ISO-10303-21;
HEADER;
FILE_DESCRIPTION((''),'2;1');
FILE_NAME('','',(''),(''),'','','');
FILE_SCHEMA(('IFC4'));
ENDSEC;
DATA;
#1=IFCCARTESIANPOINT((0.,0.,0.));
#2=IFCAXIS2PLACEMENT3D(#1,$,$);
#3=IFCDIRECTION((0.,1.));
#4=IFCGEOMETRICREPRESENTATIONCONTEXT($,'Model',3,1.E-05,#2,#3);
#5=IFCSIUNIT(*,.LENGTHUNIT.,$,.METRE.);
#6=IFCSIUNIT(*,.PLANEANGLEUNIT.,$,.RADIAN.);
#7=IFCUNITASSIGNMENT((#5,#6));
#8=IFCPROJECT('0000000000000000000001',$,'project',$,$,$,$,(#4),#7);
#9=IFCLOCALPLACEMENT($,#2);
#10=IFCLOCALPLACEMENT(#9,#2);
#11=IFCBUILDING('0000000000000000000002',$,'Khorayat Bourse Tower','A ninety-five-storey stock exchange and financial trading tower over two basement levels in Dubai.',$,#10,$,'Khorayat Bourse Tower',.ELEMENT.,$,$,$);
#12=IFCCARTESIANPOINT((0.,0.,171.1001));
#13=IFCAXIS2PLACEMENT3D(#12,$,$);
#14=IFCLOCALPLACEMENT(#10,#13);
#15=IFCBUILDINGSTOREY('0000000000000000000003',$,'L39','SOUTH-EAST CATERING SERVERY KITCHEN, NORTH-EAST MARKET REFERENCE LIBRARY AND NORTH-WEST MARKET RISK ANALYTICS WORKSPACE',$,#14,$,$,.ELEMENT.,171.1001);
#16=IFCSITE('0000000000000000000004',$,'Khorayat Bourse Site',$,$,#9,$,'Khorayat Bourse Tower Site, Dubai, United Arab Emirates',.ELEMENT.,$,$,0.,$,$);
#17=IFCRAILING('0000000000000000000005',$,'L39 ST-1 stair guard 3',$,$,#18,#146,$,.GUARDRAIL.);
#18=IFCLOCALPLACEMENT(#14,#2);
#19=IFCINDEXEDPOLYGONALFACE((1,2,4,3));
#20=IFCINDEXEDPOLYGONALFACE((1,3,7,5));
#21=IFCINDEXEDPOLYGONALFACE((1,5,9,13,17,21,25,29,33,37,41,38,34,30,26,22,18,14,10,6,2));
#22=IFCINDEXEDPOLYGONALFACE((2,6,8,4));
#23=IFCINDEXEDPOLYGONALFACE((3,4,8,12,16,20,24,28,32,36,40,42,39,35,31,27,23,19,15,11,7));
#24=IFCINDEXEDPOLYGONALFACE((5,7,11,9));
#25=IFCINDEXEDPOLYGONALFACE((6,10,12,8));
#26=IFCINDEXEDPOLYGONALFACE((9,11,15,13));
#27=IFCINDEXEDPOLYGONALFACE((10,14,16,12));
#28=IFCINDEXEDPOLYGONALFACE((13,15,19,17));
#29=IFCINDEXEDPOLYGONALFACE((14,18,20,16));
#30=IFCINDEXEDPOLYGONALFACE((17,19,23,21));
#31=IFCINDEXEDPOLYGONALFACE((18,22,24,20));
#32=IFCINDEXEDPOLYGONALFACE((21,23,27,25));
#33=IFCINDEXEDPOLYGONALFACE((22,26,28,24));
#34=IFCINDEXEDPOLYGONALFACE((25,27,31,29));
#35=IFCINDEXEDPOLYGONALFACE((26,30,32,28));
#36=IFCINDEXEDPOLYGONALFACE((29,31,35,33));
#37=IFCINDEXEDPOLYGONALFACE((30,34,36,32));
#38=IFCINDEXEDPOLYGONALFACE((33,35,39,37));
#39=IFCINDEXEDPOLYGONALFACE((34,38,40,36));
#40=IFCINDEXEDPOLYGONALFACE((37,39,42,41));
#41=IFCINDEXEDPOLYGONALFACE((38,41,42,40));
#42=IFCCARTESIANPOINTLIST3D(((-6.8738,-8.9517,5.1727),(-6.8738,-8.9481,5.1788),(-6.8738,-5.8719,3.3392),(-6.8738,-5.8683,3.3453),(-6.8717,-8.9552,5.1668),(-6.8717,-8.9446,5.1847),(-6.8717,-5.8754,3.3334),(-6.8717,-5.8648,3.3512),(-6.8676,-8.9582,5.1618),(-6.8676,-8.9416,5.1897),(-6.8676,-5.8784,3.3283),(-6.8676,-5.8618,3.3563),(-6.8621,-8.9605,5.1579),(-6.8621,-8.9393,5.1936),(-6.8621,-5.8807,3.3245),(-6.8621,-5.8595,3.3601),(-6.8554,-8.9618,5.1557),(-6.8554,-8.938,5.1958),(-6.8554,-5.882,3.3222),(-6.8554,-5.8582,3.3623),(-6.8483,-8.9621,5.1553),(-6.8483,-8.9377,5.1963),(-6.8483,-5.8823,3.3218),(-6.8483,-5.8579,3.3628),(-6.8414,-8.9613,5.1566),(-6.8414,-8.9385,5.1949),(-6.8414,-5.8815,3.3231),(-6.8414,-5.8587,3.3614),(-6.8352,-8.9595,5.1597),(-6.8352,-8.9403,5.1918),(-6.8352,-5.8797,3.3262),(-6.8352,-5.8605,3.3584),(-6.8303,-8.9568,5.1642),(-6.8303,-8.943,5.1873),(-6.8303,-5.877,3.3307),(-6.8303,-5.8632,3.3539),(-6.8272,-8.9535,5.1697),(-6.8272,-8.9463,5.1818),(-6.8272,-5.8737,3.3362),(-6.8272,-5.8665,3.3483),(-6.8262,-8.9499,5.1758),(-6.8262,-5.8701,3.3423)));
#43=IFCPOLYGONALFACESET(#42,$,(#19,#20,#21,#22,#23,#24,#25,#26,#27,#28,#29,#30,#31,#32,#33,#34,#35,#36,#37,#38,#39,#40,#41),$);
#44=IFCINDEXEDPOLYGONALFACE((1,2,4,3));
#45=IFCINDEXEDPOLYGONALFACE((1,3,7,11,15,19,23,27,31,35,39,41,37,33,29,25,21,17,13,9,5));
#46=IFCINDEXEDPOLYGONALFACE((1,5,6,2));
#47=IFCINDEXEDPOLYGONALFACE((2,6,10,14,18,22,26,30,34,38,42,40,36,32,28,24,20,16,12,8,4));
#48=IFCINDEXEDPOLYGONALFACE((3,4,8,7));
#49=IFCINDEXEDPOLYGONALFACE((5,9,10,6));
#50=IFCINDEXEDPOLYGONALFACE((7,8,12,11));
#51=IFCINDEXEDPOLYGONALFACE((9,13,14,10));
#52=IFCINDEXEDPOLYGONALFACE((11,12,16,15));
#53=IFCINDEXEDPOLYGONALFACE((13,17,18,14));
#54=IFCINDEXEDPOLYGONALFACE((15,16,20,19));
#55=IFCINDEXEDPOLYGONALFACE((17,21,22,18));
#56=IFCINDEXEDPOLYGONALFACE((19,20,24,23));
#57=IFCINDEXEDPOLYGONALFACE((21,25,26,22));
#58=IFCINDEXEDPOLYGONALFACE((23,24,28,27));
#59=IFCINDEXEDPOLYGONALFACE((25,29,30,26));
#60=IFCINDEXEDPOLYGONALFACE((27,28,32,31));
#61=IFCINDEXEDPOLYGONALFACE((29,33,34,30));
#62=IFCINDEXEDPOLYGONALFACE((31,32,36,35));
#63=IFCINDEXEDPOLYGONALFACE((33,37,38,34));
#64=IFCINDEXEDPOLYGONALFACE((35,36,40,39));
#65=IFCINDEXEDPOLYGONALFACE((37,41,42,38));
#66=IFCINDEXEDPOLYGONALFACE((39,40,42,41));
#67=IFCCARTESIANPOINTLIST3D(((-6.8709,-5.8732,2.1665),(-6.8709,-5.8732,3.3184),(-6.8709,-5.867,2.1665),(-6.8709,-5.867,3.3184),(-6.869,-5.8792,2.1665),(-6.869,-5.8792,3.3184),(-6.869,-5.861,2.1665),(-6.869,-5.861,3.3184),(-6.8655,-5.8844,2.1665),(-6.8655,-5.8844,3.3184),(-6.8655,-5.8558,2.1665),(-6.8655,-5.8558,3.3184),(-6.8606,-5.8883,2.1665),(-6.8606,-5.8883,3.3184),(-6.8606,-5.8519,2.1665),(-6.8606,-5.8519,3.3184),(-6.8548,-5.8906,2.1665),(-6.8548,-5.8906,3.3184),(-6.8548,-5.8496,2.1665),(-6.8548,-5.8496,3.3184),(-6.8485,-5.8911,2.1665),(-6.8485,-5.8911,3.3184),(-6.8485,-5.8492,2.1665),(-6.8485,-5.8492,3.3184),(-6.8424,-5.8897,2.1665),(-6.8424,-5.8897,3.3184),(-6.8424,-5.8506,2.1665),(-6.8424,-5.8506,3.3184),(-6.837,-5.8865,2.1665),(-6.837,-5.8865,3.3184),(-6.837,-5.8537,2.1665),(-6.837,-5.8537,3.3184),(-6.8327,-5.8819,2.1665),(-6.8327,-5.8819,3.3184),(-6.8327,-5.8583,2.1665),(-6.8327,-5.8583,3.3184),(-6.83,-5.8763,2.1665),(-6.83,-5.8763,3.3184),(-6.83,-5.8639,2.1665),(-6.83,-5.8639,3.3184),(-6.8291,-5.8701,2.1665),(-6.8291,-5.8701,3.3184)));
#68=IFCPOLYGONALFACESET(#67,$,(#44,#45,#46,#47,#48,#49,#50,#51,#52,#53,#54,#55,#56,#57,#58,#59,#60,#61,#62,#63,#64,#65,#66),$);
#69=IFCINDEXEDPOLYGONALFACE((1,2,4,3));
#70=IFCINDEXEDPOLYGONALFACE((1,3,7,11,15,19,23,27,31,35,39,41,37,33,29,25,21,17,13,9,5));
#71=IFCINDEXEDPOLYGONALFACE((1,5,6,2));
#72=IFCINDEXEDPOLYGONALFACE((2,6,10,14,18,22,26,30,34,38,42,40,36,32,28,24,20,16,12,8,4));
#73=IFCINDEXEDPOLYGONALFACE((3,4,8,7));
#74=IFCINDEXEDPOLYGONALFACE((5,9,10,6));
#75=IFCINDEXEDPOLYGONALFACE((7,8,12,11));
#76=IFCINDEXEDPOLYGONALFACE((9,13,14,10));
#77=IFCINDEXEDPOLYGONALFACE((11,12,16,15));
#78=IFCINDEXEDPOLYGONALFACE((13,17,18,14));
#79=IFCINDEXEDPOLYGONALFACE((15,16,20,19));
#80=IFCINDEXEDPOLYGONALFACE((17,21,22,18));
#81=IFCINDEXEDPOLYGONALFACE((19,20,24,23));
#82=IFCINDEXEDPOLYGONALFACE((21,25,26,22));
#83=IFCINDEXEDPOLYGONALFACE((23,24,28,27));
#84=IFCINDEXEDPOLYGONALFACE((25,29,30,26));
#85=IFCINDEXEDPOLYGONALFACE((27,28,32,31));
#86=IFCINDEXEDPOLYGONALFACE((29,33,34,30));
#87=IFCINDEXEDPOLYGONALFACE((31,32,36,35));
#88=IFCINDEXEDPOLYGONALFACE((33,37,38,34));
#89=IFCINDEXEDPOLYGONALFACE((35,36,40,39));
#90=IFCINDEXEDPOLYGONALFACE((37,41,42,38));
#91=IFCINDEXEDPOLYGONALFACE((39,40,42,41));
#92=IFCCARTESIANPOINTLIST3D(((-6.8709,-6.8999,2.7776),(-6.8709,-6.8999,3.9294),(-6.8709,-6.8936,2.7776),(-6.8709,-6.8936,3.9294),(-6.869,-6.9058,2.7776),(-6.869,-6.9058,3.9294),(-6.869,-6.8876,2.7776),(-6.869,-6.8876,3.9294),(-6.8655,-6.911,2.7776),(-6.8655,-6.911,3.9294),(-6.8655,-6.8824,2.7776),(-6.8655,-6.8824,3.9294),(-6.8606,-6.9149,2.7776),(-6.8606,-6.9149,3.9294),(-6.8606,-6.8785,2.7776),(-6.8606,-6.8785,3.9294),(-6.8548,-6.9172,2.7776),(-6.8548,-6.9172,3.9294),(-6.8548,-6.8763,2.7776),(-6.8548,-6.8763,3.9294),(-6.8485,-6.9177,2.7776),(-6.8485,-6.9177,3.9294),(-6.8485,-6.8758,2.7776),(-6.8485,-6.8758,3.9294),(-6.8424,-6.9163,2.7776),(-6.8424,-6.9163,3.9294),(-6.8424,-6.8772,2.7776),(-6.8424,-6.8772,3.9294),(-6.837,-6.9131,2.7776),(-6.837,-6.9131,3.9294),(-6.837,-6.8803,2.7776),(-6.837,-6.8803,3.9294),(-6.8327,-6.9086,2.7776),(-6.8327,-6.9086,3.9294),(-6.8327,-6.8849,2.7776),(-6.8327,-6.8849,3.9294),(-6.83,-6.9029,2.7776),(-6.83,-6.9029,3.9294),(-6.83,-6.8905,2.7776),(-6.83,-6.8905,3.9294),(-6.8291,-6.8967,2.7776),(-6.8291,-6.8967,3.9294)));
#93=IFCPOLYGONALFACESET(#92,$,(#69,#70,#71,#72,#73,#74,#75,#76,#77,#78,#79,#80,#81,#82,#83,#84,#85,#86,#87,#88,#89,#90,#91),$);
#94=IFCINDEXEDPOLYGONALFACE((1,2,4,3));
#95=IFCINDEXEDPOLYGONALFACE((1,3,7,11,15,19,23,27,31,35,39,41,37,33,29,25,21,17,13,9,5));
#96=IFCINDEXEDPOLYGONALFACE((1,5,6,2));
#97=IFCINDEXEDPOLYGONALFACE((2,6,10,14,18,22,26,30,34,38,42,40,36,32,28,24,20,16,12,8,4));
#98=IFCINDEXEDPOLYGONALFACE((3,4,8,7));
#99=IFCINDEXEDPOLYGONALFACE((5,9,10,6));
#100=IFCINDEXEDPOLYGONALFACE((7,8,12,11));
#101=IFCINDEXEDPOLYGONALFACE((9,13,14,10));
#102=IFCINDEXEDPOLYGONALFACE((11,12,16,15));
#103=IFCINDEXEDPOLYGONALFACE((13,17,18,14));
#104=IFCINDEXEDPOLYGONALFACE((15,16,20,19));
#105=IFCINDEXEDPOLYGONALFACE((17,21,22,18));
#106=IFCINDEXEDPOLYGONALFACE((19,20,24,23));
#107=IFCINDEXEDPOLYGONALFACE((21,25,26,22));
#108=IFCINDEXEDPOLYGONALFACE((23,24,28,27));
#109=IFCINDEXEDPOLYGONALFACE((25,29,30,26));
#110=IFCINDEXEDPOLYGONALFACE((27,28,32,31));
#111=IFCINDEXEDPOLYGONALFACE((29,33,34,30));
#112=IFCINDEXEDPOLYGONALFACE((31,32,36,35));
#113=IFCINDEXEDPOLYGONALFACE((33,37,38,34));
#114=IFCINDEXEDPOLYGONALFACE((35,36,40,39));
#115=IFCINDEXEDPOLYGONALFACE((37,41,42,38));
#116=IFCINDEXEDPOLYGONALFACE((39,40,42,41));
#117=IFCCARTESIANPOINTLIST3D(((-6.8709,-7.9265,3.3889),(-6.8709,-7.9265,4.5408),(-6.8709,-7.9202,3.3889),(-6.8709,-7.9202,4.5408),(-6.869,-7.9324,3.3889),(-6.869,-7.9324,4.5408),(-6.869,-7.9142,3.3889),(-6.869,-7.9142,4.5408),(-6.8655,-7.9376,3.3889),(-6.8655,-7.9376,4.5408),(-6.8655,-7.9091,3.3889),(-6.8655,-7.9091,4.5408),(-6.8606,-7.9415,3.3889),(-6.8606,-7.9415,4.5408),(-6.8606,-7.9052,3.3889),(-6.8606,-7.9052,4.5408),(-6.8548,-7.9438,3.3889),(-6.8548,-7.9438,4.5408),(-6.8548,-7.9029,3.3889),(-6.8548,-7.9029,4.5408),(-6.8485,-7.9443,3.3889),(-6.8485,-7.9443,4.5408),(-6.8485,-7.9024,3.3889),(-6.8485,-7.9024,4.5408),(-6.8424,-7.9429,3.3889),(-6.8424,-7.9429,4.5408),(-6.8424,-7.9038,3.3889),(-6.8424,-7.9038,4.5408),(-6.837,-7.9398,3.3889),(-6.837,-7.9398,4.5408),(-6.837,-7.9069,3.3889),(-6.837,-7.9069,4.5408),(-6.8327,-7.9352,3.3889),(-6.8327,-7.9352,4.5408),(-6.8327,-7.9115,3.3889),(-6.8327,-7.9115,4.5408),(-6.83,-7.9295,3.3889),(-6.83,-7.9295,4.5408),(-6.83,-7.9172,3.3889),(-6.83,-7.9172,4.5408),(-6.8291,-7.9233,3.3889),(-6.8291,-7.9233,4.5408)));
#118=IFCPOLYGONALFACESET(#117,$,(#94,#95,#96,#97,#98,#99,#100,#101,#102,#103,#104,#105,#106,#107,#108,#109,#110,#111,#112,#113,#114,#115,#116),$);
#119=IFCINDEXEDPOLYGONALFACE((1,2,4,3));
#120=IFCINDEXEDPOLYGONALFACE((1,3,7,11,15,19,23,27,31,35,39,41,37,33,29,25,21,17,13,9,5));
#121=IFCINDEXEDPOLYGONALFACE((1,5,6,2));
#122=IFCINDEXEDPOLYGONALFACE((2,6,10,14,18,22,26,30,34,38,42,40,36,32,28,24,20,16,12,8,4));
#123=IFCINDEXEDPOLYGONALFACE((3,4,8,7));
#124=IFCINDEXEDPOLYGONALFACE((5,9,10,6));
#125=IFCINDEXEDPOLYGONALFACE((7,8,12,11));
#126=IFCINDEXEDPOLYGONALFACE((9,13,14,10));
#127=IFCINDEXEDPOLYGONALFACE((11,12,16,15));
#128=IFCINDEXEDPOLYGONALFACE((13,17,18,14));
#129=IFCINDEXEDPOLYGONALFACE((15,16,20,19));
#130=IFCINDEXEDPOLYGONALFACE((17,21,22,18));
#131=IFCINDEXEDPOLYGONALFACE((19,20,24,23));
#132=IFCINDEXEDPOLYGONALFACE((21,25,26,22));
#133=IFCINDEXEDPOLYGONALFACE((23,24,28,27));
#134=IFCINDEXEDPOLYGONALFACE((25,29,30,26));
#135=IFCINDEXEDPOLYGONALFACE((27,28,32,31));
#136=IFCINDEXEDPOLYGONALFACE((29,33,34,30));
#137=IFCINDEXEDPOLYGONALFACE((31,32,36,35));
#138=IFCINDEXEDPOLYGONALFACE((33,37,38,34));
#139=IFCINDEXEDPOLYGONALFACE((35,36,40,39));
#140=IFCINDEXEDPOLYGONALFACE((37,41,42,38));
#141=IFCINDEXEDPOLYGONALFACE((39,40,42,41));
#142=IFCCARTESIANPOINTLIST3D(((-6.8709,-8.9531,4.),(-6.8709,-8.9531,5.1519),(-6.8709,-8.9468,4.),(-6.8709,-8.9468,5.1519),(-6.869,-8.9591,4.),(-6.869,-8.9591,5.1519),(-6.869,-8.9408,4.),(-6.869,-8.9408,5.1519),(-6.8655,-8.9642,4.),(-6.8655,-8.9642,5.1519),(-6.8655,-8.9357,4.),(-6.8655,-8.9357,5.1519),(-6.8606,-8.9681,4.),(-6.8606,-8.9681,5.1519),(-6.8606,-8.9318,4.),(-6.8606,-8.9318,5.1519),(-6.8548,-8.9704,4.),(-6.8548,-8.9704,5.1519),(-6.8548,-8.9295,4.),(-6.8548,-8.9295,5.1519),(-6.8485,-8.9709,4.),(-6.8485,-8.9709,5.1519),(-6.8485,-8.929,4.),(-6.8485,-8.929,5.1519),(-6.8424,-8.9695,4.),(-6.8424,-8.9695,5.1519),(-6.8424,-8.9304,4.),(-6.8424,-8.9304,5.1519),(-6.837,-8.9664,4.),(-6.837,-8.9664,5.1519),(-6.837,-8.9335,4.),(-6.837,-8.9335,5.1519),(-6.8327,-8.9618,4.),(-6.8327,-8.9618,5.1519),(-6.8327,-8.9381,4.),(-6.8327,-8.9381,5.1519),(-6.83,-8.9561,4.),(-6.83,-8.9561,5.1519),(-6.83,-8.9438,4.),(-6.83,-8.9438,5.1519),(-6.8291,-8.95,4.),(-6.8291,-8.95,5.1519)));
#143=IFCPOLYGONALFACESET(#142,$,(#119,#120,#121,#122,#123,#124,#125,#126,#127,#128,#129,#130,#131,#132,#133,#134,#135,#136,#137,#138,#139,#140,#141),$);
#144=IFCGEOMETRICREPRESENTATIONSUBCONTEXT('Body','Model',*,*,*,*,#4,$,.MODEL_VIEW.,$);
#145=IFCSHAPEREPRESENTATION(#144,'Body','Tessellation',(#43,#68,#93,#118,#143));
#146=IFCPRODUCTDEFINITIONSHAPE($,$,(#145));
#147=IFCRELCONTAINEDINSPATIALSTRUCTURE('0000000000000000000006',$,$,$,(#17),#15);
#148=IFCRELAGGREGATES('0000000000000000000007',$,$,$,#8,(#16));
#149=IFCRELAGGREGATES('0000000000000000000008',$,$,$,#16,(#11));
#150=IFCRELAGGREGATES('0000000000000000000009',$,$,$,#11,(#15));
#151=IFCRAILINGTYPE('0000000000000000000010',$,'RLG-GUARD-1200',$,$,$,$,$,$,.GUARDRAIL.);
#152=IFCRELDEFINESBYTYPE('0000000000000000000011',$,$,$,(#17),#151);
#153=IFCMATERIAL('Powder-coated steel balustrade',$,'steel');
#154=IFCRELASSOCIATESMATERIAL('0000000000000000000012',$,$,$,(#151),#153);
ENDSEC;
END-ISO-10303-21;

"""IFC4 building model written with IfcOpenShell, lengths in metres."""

from ifc_helpers import new_model, si_unit, direction, frame, origin, origin_2d, place, context, subcontext, project, spatial, circle, extrude, source, transform, mapped, material, type_object, element, save


model = new_model("IFC4")

# Units and contexts
model_context = context("Model", 3, precision=1e-05, world=origin(), true_north=direction((0.0, 1.0)))
body_context = subcontext(model_context, "Body", "Model", "MODEL_VIEW")
ifc_project = project(units=[si_unit("LENGTHUNIT", "METRE"), si_unit("PLANEANGLEUNIT", "RADIAN")], contexts=[model_context])

# Site, building, storey
site_placement = place(None, origin())
site = spatial("IfcSite", under=ifc_project, at=site_placement, Name="Khorayat Bourse Site", LongName="Khorayat Bourse Tower Site, Dubai, United Arab Emirates", CompositionType="ELEMENT", RefElevation=0.0)
building_placement = place(site_placement, origin())
building = spatial("IfcBuilding", under=site, at=building_placement, Name="Khorayat Bourse Tower", Description="A ninety-five-storey stock exchange and financial trading tower over two basement levels in Dubai.", LongName="Khorayat Bourse Tower", CompositionType="ELEMENT")
storey_placement = place(building_placement, frame((0.0, 0.0, 171.1001)))
storey = spatial("IfcBuildingStorey", under=building, at=storey_placement, Name="L39", Description="SOUTH-EAST CATERING SERVERY KITCHEN, NORTH-EAST MARKET REFERENCE LIBRARY AND NORTH-WEST MARKET RISK ANALYTICS WORKSPACE", CompositionType="ELEMENT", Elevation=171.1001)

# Railing
ifc_material_1 = material(Name="Powder-coated steel balustrade", Category="steel")
railing_type_1 = type_object("IfcRailingType", Name="RLG-GUARD-1200", PredefinedType="GUARDRAIL", material=ifc_material_1)
shared_shape_1 = source(origin(), body_context, "Body", "SweptSolid", [
    extrude(circle(Radius=0.0239, at=origin_2d()), frame((0.0, 0.0, 1.1758), z_axis=(0.0, -0.859261, 0.511538), x_axis=(1.0, 0.0, 0.0)), (0.0, 0.0, 1.0), 3.5842),
    extrude(circle(Radius=0.021, at=origin_2d()), origin(), (0.0, 0.0, 1.0), 1.1519),
    extrude(circle(Radius=0.021, at=origin_2d()), frame((0.0, -1.0266, 0.6111)), (0.0, 0.0, 1.0), 1.1519),
    extrude(circle(Radius=0.021, at=origin_2d()), frame((0.0, -2.0532, 1.2224)), (0.0, 0.0, 1.0), 1.1519),
    extrude(circle(Radius=0.021, at=origin_2d()), frame((0.0, -3.0798, 1.8335)), (0.0, 0.0, 1.0), 1.1519),
])
railing_1_placement = place(storey_placement, frame((-6.8501, -5.8701, 2.1665)))
element("IfcRailing", 1, at=railing_1_placement, inside=storey, type_object=railing_type_1, Name="L39 ST-1 stair guard 3", PredefinedType="GUARDRAIL", context=body_context, shape_type="MappedRepresentation", body=[
    mapped(shared_shape_1, transform((0.0, 0.0, 0.0), scale=1.0)),
])

save(model, "model.ifc")
